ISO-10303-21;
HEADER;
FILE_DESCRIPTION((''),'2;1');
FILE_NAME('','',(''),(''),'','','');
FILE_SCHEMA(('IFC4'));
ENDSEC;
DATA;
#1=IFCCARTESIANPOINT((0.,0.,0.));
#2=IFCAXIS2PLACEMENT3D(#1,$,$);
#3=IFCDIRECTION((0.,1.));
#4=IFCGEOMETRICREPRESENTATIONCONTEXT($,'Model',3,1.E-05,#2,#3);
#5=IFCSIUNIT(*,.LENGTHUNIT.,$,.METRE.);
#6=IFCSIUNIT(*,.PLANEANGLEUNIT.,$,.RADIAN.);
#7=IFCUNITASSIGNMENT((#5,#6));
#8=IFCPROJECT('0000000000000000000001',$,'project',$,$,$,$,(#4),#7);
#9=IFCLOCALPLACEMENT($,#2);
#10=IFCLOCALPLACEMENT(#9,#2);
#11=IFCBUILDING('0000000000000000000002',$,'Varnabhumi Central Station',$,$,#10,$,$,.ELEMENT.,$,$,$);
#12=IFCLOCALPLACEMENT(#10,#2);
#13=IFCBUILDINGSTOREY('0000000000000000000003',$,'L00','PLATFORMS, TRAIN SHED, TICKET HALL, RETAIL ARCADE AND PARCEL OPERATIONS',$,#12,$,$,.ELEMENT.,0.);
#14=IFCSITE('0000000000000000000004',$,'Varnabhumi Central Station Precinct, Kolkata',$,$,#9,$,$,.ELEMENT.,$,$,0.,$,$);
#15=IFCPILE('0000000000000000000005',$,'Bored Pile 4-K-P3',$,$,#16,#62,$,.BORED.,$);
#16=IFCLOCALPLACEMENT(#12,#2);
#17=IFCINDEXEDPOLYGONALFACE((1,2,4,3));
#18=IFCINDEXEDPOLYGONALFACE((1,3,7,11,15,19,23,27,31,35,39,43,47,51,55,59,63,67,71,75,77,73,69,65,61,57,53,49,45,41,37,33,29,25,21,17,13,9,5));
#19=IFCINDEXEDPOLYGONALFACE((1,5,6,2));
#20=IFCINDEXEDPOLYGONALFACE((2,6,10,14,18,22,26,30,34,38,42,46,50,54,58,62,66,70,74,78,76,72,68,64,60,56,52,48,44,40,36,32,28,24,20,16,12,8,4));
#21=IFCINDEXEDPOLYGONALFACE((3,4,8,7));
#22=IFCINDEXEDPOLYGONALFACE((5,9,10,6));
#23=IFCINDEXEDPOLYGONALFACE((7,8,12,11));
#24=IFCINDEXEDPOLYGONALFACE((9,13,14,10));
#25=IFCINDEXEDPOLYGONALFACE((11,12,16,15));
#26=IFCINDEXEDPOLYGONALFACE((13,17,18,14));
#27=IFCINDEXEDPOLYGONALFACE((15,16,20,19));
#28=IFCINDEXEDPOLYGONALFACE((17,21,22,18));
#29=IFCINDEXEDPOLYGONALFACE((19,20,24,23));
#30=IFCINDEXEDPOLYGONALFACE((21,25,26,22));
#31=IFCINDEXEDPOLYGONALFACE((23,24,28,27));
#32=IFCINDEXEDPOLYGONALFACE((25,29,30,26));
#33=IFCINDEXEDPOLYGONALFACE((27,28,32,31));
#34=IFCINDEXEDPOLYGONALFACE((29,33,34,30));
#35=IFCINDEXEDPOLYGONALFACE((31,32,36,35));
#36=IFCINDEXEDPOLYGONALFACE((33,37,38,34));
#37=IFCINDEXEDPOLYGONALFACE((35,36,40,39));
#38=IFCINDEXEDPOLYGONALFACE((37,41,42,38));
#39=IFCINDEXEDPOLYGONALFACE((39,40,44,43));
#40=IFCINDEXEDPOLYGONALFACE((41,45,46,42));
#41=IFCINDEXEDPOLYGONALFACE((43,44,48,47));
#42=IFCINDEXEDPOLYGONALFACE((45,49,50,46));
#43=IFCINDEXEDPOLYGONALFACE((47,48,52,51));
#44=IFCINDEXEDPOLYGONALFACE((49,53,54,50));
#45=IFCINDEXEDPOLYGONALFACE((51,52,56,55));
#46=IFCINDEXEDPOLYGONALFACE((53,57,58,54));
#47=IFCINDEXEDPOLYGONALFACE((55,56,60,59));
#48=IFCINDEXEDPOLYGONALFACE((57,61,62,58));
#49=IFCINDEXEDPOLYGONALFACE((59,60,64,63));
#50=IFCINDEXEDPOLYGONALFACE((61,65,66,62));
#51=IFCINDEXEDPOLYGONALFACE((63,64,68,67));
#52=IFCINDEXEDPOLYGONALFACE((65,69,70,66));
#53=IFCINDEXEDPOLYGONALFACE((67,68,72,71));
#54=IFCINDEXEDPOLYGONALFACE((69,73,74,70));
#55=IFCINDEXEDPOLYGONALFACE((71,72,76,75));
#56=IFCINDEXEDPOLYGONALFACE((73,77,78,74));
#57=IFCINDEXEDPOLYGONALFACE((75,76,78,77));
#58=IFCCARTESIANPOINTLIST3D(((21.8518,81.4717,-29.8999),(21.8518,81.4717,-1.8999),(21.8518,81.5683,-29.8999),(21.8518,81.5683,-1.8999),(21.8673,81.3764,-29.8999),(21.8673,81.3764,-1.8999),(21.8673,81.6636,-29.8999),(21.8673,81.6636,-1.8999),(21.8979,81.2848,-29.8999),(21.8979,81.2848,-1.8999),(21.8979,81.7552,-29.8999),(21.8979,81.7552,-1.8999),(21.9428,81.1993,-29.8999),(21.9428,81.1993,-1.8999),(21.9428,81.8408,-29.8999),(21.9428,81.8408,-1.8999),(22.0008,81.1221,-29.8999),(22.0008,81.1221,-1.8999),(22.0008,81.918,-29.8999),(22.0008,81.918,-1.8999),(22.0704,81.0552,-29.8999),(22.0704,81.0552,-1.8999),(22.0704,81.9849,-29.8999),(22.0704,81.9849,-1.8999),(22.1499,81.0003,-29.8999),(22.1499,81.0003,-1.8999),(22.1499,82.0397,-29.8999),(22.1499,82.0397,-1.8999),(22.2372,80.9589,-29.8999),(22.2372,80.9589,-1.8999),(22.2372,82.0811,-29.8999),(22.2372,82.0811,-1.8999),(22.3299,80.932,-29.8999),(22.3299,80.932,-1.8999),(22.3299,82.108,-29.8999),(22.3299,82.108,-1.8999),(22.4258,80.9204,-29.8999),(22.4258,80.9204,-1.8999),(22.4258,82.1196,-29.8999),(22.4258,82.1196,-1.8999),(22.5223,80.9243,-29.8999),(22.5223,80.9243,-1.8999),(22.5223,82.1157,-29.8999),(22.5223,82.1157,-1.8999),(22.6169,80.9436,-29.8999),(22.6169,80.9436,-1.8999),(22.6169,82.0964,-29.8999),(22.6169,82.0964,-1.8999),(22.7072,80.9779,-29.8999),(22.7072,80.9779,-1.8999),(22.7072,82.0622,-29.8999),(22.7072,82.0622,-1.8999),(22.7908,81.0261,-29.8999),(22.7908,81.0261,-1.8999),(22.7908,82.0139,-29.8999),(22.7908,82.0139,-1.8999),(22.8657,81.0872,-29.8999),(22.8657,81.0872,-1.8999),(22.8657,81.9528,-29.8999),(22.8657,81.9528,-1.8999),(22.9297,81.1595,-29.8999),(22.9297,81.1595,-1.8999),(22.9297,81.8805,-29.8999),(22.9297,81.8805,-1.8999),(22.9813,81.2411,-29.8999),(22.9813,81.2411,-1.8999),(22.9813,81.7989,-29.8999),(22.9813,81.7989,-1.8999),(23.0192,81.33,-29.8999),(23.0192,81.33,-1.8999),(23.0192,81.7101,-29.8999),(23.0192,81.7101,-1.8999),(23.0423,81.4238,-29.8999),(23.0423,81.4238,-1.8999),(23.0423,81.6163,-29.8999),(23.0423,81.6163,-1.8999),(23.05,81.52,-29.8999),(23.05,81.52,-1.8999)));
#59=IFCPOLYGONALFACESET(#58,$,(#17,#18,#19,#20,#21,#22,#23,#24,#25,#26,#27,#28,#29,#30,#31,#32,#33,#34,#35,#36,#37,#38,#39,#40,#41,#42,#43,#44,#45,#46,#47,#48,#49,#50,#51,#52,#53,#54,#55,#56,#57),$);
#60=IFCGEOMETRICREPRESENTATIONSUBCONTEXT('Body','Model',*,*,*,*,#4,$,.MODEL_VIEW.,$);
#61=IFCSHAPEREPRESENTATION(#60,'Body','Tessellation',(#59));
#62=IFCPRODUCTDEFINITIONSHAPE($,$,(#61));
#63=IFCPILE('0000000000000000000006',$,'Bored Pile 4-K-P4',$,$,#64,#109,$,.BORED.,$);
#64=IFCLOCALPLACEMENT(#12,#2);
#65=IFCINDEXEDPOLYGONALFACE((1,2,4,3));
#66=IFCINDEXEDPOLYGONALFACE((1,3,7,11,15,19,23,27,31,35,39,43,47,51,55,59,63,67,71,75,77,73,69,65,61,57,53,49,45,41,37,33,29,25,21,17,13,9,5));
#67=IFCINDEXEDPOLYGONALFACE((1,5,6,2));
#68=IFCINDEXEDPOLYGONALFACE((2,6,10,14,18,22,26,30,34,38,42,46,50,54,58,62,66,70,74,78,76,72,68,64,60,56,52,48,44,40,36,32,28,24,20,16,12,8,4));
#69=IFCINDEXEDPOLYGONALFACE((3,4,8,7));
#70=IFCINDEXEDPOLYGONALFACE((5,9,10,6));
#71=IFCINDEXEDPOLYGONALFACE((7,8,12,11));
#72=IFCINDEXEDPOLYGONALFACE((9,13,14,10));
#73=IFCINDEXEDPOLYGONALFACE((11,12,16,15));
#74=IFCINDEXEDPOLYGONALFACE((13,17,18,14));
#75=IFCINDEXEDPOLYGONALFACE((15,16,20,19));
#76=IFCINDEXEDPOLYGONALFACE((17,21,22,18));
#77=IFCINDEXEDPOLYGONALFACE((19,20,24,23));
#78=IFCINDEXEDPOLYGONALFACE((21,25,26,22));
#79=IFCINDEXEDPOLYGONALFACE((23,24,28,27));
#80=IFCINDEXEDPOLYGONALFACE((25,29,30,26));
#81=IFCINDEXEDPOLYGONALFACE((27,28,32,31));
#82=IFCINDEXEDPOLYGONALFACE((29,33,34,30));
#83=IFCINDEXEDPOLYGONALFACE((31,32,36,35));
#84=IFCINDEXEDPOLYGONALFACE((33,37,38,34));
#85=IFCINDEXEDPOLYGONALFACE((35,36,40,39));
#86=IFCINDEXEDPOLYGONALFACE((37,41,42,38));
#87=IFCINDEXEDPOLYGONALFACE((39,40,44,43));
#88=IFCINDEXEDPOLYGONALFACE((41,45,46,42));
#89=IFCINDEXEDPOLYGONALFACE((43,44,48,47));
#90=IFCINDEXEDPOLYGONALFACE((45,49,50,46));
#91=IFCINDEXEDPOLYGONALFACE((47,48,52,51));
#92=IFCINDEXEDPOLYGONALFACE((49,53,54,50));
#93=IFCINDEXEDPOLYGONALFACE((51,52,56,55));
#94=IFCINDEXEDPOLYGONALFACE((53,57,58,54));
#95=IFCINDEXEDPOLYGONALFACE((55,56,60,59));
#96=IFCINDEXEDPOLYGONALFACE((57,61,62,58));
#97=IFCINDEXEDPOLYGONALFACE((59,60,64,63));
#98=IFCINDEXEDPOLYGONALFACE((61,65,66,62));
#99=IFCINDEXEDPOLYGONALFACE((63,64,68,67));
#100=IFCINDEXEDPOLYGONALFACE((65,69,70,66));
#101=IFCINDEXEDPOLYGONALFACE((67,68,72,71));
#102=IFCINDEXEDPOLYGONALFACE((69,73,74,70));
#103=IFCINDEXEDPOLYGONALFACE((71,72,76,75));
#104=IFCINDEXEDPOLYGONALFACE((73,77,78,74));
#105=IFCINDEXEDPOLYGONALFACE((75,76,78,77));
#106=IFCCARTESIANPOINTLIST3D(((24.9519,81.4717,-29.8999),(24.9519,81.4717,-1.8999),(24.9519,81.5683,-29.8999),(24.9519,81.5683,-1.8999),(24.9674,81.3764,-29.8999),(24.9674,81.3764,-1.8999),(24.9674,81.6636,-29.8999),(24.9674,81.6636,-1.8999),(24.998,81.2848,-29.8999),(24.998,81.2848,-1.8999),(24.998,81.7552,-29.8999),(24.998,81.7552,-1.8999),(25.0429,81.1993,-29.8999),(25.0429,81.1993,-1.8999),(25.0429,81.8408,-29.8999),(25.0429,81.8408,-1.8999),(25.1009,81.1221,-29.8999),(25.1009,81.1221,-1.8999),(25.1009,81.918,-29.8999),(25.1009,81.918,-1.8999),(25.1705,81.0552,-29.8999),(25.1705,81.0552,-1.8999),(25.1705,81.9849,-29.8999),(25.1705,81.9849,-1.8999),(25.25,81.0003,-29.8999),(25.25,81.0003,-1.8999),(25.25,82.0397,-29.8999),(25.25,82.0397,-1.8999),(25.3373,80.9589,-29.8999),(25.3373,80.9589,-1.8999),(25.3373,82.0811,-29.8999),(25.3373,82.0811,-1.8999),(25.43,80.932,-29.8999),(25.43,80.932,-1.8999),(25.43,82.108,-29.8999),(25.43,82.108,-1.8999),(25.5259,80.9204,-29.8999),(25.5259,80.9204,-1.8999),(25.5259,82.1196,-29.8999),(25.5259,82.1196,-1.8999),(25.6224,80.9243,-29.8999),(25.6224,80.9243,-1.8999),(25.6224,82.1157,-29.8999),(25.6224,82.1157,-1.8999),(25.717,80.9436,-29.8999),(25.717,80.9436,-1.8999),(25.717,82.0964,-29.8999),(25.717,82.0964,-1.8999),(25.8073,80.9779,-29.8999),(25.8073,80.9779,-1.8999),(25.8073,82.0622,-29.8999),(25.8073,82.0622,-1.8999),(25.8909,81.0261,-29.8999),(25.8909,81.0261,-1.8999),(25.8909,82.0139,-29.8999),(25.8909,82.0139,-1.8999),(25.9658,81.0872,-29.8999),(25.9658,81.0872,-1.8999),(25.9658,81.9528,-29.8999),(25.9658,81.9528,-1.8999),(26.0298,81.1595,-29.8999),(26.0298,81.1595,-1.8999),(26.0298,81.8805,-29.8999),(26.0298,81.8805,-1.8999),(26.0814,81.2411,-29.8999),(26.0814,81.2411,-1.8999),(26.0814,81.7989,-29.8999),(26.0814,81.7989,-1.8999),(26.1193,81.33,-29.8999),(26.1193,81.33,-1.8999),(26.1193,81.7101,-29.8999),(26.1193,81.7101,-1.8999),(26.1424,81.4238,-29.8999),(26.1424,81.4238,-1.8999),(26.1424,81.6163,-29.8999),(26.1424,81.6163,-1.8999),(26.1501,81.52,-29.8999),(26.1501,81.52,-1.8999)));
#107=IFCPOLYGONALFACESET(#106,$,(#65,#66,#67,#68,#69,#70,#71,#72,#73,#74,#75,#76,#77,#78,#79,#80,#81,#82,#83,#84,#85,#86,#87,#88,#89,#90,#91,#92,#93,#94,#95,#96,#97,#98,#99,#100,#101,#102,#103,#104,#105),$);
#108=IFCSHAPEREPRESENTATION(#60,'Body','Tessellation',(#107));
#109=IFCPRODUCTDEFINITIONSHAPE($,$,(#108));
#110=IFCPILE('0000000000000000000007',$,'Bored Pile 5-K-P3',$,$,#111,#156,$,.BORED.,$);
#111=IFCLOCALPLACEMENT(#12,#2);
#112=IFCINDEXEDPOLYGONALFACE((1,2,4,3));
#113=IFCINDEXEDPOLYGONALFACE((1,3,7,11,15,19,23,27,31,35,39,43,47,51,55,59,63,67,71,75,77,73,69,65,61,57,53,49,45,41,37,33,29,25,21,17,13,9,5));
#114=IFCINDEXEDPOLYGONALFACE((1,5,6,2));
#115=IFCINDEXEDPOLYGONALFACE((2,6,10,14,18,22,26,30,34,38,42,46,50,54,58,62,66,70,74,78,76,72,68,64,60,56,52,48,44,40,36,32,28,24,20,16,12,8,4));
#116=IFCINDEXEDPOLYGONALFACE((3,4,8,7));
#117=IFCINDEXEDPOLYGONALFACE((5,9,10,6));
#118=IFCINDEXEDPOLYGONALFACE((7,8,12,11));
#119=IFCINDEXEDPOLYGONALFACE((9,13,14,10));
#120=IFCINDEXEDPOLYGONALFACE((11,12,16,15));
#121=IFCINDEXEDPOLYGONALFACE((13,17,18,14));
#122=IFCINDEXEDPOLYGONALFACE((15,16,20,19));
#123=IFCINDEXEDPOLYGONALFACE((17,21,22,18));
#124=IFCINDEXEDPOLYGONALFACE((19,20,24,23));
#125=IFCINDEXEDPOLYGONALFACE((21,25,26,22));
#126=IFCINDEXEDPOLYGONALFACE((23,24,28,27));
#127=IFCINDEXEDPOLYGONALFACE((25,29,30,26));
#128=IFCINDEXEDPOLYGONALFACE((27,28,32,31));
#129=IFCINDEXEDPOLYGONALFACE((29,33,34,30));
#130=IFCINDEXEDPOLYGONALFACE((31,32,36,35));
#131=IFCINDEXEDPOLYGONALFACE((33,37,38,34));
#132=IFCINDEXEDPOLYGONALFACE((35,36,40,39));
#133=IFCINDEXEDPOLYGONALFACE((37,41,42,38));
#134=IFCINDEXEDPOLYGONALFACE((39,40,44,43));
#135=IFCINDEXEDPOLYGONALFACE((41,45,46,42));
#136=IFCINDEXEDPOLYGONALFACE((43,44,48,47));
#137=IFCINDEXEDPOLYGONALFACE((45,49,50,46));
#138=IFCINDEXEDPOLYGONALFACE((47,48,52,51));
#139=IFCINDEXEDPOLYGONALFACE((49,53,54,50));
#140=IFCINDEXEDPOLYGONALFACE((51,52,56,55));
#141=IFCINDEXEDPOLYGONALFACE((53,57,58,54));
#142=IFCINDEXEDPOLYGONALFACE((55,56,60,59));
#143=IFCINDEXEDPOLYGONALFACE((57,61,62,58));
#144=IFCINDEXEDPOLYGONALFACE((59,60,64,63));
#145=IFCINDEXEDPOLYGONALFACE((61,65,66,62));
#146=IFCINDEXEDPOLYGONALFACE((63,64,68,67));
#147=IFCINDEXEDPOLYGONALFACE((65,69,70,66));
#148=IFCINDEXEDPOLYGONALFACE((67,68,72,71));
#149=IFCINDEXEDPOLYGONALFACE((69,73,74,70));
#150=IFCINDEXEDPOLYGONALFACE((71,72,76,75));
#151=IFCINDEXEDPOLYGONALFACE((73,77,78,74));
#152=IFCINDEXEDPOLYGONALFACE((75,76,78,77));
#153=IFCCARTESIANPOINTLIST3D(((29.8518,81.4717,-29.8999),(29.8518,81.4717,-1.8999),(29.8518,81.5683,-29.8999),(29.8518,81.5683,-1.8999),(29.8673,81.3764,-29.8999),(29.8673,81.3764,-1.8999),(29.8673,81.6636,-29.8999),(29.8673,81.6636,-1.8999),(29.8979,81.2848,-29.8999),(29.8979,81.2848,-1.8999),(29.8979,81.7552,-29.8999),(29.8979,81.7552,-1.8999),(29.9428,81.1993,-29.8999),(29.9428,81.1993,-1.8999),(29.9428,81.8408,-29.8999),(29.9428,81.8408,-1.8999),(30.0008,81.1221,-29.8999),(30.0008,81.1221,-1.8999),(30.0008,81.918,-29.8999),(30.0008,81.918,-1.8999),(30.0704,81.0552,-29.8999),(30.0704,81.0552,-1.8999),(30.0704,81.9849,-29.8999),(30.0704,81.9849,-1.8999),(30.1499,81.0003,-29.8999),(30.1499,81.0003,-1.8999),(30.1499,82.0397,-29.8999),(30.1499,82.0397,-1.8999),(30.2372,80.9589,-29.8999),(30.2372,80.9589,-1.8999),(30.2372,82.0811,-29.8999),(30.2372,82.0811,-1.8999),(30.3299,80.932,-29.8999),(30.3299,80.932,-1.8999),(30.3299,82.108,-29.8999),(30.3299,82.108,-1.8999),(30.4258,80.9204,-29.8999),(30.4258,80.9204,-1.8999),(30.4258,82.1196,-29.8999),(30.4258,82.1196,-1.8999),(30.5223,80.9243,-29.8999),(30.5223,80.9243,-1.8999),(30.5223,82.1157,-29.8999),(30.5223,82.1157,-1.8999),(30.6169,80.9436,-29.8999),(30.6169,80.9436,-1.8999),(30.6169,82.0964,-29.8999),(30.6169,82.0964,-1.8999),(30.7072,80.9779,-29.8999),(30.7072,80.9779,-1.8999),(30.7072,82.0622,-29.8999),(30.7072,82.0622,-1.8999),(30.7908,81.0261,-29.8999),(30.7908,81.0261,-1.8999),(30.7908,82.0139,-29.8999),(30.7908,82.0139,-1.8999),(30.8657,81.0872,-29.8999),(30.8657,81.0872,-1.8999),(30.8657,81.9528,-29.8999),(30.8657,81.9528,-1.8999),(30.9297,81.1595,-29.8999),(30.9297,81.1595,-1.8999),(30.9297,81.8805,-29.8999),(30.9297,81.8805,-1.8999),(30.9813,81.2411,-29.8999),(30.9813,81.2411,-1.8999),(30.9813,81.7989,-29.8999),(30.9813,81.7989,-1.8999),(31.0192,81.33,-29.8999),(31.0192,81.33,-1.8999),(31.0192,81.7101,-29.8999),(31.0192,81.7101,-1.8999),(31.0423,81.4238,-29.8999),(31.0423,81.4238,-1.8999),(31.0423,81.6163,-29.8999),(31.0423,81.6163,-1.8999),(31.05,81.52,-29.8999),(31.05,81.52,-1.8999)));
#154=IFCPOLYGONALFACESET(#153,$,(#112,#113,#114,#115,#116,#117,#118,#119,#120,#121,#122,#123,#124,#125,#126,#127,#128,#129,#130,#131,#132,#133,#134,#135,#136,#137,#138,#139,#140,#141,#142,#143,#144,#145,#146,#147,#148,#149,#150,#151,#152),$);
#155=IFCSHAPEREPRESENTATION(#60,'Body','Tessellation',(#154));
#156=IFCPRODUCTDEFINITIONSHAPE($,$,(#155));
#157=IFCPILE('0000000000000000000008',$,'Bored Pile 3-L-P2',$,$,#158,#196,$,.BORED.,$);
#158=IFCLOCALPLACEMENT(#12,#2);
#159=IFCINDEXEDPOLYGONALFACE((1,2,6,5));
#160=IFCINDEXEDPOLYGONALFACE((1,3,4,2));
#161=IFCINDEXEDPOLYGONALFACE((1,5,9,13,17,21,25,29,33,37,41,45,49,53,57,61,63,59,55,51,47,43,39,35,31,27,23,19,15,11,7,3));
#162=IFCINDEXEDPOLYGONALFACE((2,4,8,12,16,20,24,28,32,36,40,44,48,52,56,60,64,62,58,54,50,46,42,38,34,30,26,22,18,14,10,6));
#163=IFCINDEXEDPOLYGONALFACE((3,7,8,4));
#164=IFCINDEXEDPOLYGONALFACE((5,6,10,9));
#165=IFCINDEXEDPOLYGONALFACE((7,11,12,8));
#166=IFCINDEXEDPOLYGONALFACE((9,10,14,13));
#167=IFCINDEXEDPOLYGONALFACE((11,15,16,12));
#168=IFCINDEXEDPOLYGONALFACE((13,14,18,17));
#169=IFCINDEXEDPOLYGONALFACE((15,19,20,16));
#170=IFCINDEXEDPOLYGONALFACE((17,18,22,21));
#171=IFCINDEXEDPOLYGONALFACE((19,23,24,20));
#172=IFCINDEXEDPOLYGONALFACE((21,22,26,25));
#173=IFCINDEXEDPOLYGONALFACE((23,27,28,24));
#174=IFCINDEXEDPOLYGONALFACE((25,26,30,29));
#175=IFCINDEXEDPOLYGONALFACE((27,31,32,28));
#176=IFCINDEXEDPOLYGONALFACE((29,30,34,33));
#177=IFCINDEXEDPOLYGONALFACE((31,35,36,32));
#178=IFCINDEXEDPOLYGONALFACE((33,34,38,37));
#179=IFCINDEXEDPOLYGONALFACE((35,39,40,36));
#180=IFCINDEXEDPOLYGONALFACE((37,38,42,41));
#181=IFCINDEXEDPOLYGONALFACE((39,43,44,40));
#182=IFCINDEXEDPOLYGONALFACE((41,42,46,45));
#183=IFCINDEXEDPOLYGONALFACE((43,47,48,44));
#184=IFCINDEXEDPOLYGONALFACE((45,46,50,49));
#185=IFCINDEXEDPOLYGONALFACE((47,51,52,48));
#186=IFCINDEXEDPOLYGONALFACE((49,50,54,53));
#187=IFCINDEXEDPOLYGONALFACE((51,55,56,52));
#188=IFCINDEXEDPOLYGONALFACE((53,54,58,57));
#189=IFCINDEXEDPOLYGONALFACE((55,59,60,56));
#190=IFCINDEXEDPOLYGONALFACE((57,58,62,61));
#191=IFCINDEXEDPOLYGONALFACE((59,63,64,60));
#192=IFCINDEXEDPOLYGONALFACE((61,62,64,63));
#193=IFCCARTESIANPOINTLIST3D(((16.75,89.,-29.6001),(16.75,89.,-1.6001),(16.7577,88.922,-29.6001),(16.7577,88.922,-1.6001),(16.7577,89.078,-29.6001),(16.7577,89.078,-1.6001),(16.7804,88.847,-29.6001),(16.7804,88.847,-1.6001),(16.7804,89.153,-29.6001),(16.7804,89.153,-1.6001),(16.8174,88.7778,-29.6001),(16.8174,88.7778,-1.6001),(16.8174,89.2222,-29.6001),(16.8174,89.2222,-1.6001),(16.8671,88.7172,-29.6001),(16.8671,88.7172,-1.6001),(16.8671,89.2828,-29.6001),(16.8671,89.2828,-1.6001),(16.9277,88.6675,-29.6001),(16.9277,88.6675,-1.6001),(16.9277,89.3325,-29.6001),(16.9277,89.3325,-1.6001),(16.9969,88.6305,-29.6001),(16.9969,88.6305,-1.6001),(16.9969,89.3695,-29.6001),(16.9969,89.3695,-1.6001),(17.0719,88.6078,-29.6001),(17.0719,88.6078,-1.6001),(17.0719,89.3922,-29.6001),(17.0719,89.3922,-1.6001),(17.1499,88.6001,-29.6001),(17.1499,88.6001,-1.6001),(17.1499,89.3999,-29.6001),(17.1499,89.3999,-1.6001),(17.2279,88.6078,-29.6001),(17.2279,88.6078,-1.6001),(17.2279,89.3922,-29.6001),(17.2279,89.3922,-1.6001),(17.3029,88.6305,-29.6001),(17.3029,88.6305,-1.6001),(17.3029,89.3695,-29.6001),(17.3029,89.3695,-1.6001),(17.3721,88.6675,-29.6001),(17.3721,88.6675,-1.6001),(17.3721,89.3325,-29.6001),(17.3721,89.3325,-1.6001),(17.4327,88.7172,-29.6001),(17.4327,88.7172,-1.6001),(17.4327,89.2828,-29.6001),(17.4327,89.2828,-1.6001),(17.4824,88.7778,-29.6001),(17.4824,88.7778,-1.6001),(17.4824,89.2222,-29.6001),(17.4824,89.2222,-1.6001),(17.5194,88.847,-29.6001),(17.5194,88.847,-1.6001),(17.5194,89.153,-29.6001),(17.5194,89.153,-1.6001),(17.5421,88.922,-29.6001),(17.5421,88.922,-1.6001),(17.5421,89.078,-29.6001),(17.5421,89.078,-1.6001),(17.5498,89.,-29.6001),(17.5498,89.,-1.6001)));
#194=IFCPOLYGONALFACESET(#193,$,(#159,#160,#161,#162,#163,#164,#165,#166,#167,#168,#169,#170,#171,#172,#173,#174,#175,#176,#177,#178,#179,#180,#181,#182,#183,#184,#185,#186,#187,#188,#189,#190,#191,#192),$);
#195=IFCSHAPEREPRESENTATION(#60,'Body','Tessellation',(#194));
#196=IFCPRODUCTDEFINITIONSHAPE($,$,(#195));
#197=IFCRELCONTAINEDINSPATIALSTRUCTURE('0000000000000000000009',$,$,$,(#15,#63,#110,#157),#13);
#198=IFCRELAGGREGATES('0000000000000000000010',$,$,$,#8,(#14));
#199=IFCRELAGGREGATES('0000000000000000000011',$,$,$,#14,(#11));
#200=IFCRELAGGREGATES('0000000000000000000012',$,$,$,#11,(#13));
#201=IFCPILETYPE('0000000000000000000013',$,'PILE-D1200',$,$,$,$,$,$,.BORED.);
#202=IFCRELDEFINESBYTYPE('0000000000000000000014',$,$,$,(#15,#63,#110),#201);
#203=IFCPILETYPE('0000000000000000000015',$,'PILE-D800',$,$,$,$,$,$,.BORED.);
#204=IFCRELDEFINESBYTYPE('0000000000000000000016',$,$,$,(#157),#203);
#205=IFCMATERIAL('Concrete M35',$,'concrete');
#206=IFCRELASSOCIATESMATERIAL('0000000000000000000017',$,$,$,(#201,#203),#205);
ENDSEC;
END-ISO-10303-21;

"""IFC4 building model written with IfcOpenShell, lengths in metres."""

from ifc_helpers import new_model, si_unit, direction, frame, origin, origin_2d, place, context, subcontext, project, spatial, circle, extrude, material, material_profile, profile_set, type_object, element, save


model = new_model("IFC4")

# Units and contexts
model_context = context("Model", 3, precision=1e-05, world=origin(), true_north=direction((0.0, 1.0)))
body_context = subcontext(model_context, "Body", "Model", "MODEL_VIEW")
ifc_project = project(units=[si_unit("LENGTHUNIT", "METRE"), si_unit("PLANEANGLEUNIT", "RADIAN")], contexts=[model_context])

# Site, building, storey
site_placement = place(None, origin())
site = spatial("IfcSite", under=ifc_project, at=site_placement, Name="Varnabhumi Central Station Precinct, Kolkata", CompositionType="ELEMENT", RefElevation=0.0)
building_placement = place(site_placement, origin())
building = spatial("IfcBuilding", under=site, at=building_placement, Name="Varnabhumi Central Station", CompositionType="ELEMENT")
storey_placement = place(building_placement, origin())
storey = spatial("IfcBuildingStorey", under=building, at=storey_placement, Name="L00", Description="PLATFORMS, TRAIN SHED, TICKET HALL, RETAIL ARCADE AND PARCEL OPERATIONS", CompositionType="ELEMENT", Elevation=0.0)

# Piles
ifc_material_1 = material(Name="Concrete M35", Category="concrete")
ifc_material_profile_1 = material_profile(ifc_material_1, circle(Radius=0.6001, at=origin_2d()), Name="Concrete M35", Category="concrete")
ifc_profile_set_1 = profile_set([ifc_material_profile_1], Name="Concrete M35")
pile_type_1 = type_object("IfcPileType", Name="PILE-D1200", PredefinedType="BORED", material=ifc_profile_set_1)
for number, where, z_axis, x_axis, name in (
    (1, (22.45, 81.52, -1.8999), (0.0, 0.0, -1.0), (1.0, 0.0, 0.0), "Bored Pile 4-K-P3"),
    (2, (25.55, 81.52, -1.8999), (0.0, 0.0, -1.0), (1.0, 0.0, 0.0), "Bored Pile 4-K-P4"),
    (3, (30.45, 81.52, -1.8999), (0.0, 0.0, -1.0), (1.0, 0.0, 0.0), "Bored Pile 5-K-P3"),
):
    element("IfcPile", number, at=place(storey_placement, frame(where, z_axis=z_axis, x_axis=x_axis)), inside=storey, type_object=pile_type_1, Name=name, PredefinedType="BORED", context=body_context, shape_type="SweptSolid", body=[
        extrude(circle(Radius=0.6001, at=origin_2d()), origin(), (0.0, 0.0, 1.0), 28.0),
    ])
ifc_material_profile_2 = material_profile(ifc_material_1, circle(Radius=0.3999, at=origin_2d()), Name="Concrete M35", Category="concrete")
ifc_profile_set_2 = profile_set([ifc_material_profile_2], Name="Concrete M35")
pile_type_2 = type_object("IfcPileType", Name="PILE-D800", PredefinedType="BORED", material=ifc_profile_set_2)
for number, where, z_axis, x_axis, name in (
    (4, (17.1499, 89.0, -1.6001), (0.0, 0.0, -1.0), (1.0, 0.0, 0.0), "Bored Pile 3-L-P2"),
):
    element("IfcPile", number, at=place(storey_placement, frame(where, z_axis=z_axis, x_axis=x_axis)), inside=storey, type_object=pile_type_2, Name=name, PredefinedType="BORED", context=body_context, shape_type="SweptSolid", body=[
        extrude(circle(Radius=0.3999, at=origin_2d()), origin(), (0.0, 0.0, 1.0), 28.0),
    ])

save(model, "model.ifc")
